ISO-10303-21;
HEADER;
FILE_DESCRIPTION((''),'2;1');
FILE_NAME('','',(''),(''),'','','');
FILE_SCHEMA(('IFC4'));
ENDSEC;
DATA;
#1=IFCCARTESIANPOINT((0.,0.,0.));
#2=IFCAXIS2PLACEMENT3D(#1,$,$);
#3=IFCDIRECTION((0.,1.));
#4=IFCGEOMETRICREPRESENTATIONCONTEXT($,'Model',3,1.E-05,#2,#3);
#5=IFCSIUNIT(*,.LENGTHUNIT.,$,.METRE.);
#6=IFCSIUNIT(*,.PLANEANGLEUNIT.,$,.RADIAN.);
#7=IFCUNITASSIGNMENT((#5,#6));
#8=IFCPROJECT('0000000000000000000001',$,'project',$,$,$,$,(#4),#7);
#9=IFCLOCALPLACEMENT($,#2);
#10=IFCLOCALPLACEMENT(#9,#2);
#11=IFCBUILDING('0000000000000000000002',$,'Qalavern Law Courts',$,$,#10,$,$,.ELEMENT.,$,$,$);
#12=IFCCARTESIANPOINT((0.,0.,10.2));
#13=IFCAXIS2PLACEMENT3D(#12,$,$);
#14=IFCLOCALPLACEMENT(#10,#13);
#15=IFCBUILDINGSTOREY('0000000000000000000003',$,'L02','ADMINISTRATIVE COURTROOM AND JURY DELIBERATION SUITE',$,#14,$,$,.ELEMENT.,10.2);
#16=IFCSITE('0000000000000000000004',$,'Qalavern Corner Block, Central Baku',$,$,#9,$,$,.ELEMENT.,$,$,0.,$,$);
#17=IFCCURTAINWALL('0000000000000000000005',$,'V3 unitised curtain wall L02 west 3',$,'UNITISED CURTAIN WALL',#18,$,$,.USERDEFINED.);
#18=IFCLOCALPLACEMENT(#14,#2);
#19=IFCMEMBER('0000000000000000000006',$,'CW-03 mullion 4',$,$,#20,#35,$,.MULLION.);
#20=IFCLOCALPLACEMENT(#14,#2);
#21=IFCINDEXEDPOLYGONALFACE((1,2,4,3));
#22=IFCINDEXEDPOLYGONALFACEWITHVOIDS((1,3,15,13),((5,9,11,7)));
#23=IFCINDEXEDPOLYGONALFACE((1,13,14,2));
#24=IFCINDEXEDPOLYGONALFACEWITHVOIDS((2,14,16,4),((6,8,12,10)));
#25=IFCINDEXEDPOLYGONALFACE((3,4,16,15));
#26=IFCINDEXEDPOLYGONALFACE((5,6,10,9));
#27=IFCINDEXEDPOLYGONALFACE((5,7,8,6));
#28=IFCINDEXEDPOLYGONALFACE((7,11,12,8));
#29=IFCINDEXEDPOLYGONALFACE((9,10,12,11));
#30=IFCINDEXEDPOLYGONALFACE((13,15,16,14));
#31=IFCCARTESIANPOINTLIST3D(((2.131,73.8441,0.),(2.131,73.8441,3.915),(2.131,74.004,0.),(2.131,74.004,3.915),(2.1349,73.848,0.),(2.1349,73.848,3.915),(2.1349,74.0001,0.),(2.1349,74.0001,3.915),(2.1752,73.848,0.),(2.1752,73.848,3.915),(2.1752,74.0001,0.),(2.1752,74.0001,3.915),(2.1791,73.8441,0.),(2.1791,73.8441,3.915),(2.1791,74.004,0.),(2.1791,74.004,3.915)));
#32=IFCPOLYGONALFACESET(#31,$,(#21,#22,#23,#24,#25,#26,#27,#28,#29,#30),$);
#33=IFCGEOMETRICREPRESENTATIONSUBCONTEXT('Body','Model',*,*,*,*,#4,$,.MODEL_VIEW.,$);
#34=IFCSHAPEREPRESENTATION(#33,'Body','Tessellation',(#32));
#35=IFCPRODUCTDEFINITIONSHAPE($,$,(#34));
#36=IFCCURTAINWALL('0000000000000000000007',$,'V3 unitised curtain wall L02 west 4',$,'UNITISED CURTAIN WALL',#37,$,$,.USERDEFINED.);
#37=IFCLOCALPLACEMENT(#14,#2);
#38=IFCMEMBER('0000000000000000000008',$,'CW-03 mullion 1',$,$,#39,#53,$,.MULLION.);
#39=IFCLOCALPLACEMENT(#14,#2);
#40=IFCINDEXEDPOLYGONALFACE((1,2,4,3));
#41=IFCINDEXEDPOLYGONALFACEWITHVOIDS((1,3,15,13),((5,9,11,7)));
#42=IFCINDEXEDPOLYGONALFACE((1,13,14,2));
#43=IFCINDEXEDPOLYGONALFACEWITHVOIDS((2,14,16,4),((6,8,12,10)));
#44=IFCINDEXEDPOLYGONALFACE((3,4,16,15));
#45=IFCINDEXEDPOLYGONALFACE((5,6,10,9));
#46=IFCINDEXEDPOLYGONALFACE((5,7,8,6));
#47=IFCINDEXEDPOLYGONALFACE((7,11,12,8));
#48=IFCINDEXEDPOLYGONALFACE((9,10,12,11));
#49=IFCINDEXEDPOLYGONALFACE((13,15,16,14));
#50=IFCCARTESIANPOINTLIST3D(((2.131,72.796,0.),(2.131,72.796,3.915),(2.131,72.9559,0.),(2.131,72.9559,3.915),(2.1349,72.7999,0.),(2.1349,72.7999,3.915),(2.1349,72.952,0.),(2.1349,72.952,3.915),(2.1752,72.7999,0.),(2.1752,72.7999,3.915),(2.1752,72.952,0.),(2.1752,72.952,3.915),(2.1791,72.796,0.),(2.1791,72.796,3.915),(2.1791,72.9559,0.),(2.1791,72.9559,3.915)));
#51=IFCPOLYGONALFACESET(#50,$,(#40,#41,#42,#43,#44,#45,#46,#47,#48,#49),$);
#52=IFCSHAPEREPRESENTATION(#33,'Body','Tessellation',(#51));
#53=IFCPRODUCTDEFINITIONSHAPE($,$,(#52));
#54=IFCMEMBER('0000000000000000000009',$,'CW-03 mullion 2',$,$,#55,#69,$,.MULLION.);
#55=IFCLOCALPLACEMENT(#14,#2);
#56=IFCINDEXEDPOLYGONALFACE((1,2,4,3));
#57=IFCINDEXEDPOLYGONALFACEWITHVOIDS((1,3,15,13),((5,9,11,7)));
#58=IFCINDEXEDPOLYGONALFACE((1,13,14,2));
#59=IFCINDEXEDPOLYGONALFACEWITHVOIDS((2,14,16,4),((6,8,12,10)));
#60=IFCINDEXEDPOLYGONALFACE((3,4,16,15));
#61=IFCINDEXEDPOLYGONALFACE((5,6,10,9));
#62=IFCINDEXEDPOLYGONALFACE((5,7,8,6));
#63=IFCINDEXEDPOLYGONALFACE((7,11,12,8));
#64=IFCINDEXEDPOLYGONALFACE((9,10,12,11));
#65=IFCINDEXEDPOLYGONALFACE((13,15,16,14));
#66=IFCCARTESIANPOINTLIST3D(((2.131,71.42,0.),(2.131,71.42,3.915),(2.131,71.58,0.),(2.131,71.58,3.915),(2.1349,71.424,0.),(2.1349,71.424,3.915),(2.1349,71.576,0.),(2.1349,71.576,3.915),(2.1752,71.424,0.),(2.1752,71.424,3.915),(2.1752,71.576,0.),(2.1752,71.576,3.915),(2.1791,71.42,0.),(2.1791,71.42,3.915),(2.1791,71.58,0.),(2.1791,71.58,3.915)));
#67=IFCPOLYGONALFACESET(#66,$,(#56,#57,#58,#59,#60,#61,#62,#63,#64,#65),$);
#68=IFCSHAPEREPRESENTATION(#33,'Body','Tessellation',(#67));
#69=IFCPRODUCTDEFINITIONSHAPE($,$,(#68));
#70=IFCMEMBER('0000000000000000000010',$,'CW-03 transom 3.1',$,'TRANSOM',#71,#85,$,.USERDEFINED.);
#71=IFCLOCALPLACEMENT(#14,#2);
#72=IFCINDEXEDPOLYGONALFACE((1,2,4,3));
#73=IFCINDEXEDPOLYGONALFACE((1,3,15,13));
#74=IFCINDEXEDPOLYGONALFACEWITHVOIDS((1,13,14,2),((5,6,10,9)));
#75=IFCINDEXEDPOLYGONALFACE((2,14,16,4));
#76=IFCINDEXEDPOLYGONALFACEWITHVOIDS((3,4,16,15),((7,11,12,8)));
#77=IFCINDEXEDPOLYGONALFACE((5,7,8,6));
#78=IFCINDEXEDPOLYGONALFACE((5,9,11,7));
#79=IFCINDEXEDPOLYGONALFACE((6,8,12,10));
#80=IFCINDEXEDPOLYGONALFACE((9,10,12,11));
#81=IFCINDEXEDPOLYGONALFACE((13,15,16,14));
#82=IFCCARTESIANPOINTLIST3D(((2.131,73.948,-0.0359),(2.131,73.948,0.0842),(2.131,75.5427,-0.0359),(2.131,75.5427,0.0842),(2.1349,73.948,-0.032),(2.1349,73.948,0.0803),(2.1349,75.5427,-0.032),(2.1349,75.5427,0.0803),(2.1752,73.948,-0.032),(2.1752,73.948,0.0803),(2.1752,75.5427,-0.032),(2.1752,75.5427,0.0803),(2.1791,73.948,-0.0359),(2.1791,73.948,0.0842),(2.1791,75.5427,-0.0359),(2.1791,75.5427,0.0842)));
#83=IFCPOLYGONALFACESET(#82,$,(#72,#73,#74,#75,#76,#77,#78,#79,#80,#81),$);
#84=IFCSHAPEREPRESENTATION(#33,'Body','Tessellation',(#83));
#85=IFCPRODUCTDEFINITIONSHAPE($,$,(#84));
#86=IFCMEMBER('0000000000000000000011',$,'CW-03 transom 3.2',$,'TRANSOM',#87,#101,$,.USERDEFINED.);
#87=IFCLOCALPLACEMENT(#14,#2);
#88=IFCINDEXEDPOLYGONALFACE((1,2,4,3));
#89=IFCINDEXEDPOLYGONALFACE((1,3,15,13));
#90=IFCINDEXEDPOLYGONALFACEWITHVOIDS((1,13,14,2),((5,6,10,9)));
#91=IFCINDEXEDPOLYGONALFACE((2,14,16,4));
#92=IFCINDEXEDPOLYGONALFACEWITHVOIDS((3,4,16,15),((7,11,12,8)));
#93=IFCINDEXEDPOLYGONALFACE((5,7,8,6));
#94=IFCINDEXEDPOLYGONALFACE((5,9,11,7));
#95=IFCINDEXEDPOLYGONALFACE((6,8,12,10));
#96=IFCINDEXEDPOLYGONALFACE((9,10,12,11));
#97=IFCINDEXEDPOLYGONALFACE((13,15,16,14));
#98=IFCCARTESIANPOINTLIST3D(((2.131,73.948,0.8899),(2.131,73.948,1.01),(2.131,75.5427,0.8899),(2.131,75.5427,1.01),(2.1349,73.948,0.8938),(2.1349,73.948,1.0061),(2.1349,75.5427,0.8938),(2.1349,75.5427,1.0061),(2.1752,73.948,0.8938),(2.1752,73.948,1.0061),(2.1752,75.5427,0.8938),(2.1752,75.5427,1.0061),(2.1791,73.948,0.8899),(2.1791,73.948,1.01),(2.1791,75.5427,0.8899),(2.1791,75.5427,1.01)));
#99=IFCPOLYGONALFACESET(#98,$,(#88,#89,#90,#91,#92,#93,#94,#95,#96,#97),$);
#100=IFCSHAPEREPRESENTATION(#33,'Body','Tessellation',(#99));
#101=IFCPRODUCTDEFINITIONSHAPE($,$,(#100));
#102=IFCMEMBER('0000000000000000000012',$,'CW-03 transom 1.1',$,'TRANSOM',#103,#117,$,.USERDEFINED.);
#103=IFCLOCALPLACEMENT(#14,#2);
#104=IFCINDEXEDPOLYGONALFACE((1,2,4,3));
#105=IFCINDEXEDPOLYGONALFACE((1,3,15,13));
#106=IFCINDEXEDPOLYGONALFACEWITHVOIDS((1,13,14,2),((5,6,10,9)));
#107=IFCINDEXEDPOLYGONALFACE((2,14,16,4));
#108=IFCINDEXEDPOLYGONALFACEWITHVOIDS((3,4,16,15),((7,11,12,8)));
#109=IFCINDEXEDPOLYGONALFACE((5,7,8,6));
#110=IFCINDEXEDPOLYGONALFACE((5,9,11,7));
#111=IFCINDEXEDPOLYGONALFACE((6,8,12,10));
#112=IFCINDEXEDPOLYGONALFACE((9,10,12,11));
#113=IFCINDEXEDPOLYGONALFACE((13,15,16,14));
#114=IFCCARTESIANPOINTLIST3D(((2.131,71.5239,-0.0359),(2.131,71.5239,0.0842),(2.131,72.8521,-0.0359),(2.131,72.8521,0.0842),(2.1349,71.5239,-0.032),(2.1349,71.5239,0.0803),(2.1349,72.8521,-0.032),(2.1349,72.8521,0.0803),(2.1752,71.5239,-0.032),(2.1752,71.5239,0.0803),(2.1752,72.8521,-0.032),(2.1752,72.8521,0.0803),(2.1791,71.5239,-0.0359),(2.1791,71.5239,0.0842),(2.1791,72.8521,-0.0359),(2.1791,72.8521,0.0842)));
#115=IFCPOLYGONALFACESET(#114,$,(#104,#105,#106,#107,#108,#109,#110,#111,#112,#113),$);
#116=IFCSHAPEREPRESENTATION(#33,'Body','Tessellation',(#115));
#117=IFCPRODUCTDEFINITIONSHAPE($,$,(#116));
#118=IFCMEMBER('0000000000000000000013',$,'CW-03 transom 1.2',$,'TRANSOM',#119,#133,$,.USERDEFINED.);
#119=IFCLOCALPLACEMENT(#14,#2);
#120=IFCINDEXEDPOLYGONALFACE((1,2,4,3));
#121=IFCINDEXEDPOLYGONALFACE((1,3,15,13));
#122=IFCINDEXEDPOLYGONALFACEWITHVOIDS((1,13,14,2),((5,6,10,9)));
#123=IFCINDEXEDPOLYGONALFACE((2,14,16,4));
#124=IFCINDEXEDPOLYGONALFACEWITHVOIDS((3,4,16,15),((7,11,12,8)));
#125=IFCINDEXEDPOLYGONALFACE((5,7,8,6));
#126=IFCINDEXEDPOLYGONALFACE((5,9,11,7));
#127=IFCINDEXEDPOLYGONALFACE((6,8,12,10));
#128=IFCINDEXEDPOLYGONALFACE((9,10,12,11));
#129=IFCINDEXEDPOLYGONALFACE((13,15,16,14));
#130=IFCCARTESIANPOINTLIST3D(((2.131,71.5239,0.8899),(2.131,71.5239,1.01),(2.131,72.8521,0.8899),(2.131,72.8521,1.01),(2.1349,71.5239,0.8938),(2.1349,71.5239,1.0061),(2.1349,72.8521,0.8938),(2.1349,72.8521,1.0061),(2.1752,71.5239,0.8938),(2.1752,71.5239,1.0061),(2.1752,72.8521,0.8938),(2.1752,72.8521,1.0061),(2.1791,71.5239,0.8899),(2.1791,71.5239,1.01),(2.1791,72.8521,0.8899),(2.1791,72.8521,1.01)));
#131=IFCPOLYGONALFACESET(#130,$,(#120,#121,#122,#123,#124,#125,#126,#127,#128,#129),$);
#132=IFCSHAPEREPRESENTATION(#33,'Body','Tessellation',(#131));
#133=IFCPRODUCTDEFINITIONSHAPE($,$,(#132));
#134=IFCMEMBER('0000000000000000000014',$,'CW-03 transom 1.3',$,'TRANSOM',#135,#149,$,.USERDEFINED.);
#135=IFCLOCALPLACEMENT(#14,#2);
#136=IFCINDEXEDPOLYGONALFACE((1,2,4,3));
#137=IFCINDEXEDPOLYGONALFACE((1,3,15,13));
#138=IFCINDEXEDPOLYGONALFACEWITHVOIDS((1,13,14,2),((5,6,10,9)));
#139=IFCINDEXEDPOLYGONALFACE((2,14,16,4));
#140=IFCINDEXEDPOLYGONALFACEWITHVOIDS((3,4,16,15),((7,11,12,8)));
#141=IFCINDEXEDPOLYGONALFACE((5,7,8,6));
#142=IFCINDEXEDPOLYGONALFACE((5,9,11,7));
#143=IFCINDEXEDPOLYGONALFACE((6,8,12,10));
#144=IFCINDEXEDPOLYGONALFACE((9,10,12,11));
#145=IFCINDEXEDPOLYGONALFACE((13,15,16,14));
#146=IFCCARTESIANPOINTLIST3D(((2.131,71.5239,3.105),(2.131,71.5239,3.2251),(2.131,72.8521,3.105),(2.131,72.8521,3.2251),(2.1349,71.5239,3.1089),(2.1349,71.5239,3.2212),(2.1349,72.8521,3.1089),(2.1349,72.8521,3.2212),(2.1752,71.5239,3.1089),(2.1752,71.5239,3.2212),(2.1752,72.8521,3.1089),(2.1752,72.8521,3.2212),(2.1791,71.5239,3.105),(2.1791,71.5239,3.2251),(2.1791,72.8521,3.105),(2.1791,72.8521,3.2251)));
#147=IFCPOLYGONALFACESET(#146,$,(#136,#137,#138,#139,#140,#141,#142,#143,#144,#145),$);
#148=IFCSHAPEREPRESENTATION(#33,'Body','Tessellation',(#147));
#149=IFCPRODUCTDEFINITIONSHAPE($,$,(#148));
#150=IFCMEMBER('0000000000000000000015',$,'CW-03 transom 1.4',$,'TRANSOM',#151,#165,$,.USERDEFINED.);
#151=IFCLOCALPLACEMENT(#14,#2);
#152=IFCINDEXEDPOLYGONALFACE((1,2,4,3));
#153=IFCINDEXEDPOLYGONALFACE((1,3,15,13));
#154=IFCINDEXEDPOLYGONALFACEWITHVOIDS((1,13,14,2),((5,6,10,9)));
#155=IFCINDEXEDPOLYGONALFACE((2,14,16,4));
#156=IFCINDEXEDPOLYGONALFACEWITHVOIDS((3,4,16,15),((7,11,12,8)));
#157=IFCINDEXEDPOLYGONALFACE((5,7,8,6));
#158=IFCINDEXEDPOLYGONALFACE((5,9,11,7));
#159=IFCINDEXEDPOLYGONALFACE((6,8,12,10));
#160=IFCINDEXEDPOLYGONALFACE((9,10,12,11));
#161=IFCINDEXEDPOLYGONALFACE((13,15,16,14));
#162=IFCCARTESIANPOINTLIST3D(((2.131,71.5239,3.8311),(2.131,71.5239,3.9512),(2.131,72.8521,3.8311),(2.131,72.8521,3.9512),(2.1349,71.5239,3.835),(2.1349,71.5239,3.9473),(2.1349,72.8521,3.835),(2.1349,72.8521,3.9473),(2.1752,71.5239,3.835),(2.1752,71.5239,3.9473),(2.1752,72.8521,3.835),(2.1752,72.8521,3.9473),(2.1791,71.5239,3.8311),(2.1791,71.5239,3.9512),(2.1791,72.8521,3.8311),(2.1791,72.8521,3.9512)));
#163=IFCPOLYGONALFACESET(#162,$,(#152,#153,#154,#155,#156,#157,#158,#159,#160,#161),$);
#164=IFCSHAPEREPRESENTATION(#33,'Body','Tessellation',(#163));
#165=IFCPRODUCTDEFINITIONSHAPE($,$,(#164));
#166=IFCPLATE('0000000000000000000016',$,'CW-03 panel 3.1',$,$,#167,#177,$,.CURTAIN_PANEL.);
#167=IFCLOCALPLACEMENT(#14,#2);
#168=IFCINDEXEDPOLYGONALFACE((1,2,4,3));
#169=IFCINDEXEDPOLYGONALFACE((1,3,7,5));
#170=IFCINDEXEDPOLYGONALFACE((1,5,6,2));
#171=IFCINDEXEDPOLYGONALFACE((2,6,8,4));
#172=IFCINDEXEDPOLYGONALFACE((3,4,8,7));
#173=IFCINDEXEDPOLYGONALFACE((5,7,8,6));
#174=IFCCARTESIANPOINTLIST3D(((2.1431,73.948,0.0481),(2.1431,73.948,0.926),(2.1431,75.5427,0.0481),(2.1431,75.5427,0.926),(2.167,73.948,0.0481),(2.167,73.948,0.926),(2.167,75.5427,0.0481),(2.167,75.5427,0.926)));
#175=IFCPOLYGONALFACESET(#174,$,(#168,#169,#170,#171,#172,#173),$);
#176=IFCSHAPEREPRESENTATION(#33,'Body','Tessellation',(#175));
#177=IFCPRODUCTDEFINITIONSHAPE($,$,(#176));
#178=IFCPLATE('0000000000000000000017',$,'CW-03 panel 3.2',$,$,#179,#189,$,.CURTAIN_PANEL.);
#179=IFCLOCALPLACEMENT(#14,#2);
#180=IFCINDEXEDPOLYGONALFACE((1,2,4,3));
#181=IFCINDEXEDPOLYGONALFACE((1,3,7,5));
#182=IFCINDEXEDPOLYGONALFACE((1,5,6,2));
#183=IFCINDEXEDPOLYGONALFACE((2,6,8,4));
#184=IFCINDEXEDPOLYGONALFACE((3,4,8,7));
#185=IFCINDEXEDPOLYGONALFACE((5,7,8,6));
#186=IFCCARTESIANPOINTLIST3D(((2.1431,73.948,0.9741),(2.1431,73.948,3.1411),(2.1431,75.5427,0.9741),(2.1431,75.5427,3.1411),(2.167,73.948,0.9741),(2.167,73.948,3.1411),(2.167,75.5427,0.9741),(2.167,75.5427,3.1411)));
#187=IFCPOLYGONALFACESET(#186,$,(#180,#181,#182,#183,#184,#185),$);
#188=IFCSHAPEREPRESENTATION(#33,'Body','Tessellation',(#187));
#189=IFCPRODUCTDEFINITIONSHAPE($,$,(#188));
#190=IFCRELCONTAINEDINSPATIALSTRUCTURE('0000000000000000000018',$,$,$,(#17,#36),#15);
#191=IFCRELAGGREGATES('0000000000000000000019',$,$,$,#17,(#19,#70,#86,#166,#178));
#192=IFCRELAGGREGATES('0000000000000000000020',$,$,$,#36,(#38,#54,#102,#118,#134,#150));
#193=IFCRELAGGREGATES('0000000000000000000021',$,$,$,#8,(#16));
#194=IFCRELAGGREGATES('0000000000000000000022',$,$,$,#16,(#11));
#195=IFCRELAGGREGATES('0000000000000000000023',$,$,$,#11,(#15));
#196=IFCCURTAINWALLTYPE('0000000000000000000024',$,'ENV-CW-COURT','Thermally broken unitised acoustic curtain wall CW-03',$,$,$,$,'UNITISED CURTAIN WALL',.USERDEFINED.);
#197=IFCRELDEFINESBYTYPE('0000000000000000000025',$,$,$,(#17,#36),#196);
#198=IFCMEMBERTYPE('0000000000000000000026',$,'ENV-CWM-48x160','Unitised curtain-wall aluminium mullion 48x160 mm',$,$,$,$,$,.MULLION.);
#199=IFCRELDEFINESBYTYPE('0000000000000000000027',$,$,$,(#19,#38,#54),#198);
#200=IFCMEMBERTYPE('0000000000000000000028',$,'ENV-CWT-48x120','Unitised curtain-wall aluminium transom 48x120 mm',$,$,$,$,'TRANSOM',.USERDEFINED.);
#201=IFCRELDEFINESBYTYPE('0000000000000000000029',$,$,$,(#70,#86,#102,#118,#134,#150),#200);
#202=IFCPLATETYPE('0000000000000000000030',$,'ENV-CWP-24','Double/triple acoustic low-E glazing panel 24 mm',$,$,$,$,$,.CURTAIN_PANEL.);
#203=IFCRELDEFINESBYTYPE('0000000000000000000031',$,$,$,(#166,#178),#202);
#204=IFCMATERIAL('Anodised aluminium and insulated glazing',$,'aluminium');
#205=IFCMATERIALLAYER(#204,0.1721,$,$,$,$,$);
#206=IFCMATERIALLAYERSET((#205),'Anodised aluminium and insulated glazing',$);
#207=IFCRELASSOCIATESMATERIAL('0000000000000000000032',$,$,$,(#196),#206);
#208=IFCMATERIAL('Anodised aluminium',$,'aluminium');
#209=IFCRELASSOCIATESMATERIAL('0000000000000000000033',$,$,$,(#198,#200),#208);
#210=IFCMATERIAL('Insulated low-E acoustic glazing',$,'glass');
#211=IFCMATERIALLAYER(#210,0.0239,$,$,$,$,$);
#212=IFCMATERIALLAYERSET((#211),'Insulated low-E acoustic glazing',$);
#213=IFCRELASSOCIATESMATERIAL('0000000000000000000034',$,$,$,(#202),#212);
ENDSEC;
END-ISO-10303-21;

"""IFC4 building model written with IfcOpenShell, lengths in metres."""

from ifc_helpers import new_model, si_unit, direction, frame, origin, origin_2d, place, context, subcontext, project, spatial, rectangle, hollow_rectangle, extrude, material, layer, layer_set, material_profile, profile_set, type_object, element, aggregate, save


model = new_model("IFC4")

# Units and contexts
model_context = context("Model", 3, precision=1e-05, world=origin(), true_north=direction((0.0, 1.0)))
body_context = subcontext(model_context, "Body", "Model", "MODEL_VIEW")
ifc_project = project(units=[si_unit("LENGTHUNIT", "METRE"), si_unit("PLANEANGLEUNIT", "RADIAN")], contexts=[model_context])

# Site, building, storey
site_placement = place(None, origin())
site = spatial("IfcSite", under=ifc_project, at=site_placement, Name="Qalavern Corner Block, Central Baku", CompositionType="ELEMENT", RefElevation=0.0)
building_placement = place(site_placement, origin())
building = spatial("IfcBuilding", under=site, at=building_placement, Name="Qalavern Law Courts", CompositionType="ELEMENT")
storey_placement = place(building_placement, frame((0.0, 0.0, 10.2)))
storey = spatial("IfcBuildingStorey", under=building, at=storey_placement, Name="L02", Description="ADMINISTRATIVE COURTROOM AND JURY DELIBERATION SUITE", CompositionType="ELEMENT", Elevation=10.2)

# Curtain wall, member
ifc_material_1 = material(Name="Anodised aluminium and insulated glazing", Category="aluminium")
ifc_layer_1 = layer(ifc_material_1, 0.1721)
ifc_layer_set_1 = layer_set([ifc_layer_1], Name="Anodised aluminium and insulated glazing")
curtain_wall_type = type_object("IfcCurtainWallType", Name="ENV-CW-COURT", Description="Thermally broken unitised acoustic curtain wall CW-03", ElementType="UNITISED CURTAIN WALL", PredefinedType="USERDEFINED", material=ifc_layer_set_1)
curtain_wall_1_placement = place(storey_placement, origin())
curtain_wall_1 = element("IfcCurtainWall", 1, at=curtain_wall_1_placement, inside=storey, type_object=curtain_wall_type, Name="V3 unitised curtain wall L02 west 3", ObjectType="UNITISED CURTAIN WALL", PredefinedType="USERDEFINED")
ifc_material_2 = material(Name="Anodised aluminium", Category="aluminium")
ifc_material_profile_1 = material_profile(ifc_material_2, hollow_rectangle(XDim=0.0481, YDim=0.1599, WallThickness=0.0039, at=origin_2d()), Name="ALU MULLION 48x160")
ifc_profile_set_1 = profile_set([ifc_material_profile_1], Name="Anodised aluminium")
member_type_1 = type_object("IfcMemberType", Name="ENV-CWM-48x160", Description="Unitised curtain-wall aluminium mullion 48x160 mm", PredefinedType="MULLION", material=ifc_profile_set_1)
member_1_placement = place(storey_placement, frame((2.155, 73.9241, 0.0), z_axis=(0.0, 0.0, 1.0), x_axis=(1.0, 0.0, 0.0)))
member_1 = element("IfcMember", 2, at=member_1_placement, type_object=member_type_1, Name="CW-03 mullion 4", PredefinedType="MULLION", context=body_context, shape_type="SweptSolid", body=[
    extrude(hollow_rectangle(XDim=0.0481, YDim=0.1599, WallThickness=0.0039, at=origin_2d()), origin(), (0.0, 0.0, 1.0), 3.915),
])

# Curtain wall, members
curtain_wall_2_placement = place(storey_placement, origin())
curtain_wall_2 = element("IfcCurtainWall", 3, at=curtain_wall_2_placement, inside=storey, type_object=curtain_wall_type, Name="V3 unitised curtain wall L02 west 4", ObjectType="UNITISED CURTAIN WALL", PredefinedType="USERDEFINED")
member_2_placement = place(storey_placement, frame((2.155, 72.876, 0.0), z_axis=(0.0, 0.0, 1.0), x_axis=(1.0, 0.0, 0.0)))
member_2 = element("IfcMember", 4, at=member_2_placement, type_object=member_type_1, Name="CW-03 mullion 1", PredefinedType="MULLION", context=body_context, shape_type="SweptSolid", body=[
    extrude(hollow_rectangle(XDim=0.0481, YDim=0.1599, WallThickness=0.0039, at=origin_2d()), origin(), (0.0, 0.0, 1.0), 3.915),
])
member_3_placement = place(storey_placement, frame((2.155, 71.5, 0.0), z_axis=(0.0, 0.0, 1.0), x_axis=(1.0, 0.0, 0.0)))
member_3 = element("IfcMember", 5, at=member_3_placement, type_object=member_type_1, Name="CW-03 mullion 2", PredefinedType="MULLION", context=body_context, shape_type="SweptSolid", body=[
    extrude(hollow_rectangle(XDim=0.0481, YDim=0.1599, WallThickness=0.0039, at=origin_2d()), origin(), (0.0, 0.0, 1.0), 3.915),
])

# Members
ifc_material_profile_2 = material_profile(ifc_material_2, hollow_rectangle(XDim=0.0481, YDim=0.1201, WallThickness=0.0039, at=origin_2d()), Name="ALU TRANSOM 48x120")
ifc_profile_set_2 = profile_set([ifc_material_profile_2], Name="Anodised aluminium")
member_type_2 = type_object("IfcMemberType", Name="ENV-CWT-48x120", Description="Unitised curtain-wall aluminium transom 48x120 mm", ElementType="TRANSOM", PredefinedType="USERDEFINED", material=ifc_profile_set_2)
member_4_placement = place(storey_placement, frame((2.155, 75.5427, 0.0242), z_axis=(0.0, -1.0, 0.0), x_axis=(1.0, 0.0, 0.0)))
member_4 = element("IfcMember", 6, at=member_4_placement, type_object=member_type_2, Name="CW-03 transom 3.1", ObjectType="TRANSOM", PredefinedType="USERDEFINED", context=body_context, shape_type="SweptSolid", body=[
    extrude(hollow_rectangle(XDim=0.0481, YDim=0.1201, WallThickness=0.0039, at=origin_2d()), origin(), (0.0, 0.0, 1.0), 1.5947),
])
member_5_placement = place(storey_placement, frame((2.155, 75.5427, 0.95), z_axis=(0.0, -1.0, 0.0), x_axis=(1.0, 0.0, 0.0)))
member_5 = element("IfcMember", 7, at=member_5_placement, type_object=member_type_2, Name="CW-03 transom 3.2", ObjectType="TRANSOM", PredefinedType="USERDEFINED", context=body_context, shape_type="SweptSolid", body=[
    extrude(hollow_rectangle(XDim=0.0481, YDim=0.1201, WallThickness=0.0039, at=origin_2d()), origin(), (0.0, 0.0, 1.0), 1.5947),
])
member_6_placement = place(storey_placement, frame((2.155, 72.8521, 0.0242), z_axis=(0.0, -1.0, 0.0), x_axis=(1.0, 0.0, 0.0)))
member_6 = element("IfcMember", 8, at=member_6_placement, type_object=member_type_2, Name="CW-03 transom 1.1", ObjectType="TRANSOM", PredefinedType="USERDEFINED", context=body_context, shape_type="SweptSolid", body=[
    extrude(hollow_rectangle(XDim=0.0481, YDim=0.1201, WallThickness=0.0039, at=origin_2d()), origin(), (0.0, 0.0, 1.0), 1.3281),
])
member_7_placement = place(storey_placement, frame((2.155, 72.8521, 0.95), z_axis=(0.0, -1.0, 0.0), x_axis=(1.0, 0.0, 0.0)))
member_7 = element("IfcMember", 9, at=member_7_placement, type_object=member_type_2, Name="CW-03 transom 1.2", ObjectType="TRANSOM", PredefinedType="USERDEFINED", context=body_context, shape_type="SweptSolid", body=[
    extrude(hollow_rectangle(XDim=0.0481, YDim=0.1201, WallThickness=0.0039, at=origin_2d()), origin(), (0.0, 0.0, 1.0), 1.3281),
])
member_8_placement = place(storey_placement, frame((2.155, 72.8521, 3.165), z_axis=(0.0, -1.0, 0.0), x_axis=(1.0, 0.0, 0.0)))
member_8 = element("IfcMember", 10, at=member_8_placement, type_object=member_type_2, Name="CW-03 transom 1.3", ObjectType="TRANSOM", PredefinedType="USERDEFINED", context=body_context, shape_type="SweptSolid", body=[
    extrude(hollow_rectangle(XDim=0.0481, YDim=0.1201, WallThickness=0.0039, at=origin_2d()), origin(), (0.0, 0.0, 1.0), 1.3281),
])
member_9_placement = place(storey_placement, frame((2.155, 72.8521, 3.8911), z_axis=(0.0, -1.0, 0.0), x_axis=(1.0, 0.0, 0.0)))
member_9 = element("IfcMember", 11, at=member_9_placement, type_object=member_type_2, Name="CW-03 transom 1.4", ObjectType="TRANSOM", PredefinedType="USERDEFINED", context=body_context, shape_type="SweptSolid", body=[
    extrude(hollow_rectangle(XDim=0.0481, YDim=0.1201, WallThickness=0.0039, at=origin_2d()), origin(), (0.0, 0.0, 1.0), 1.3281),
])

# Plates
ifc_material_3 = material(Name="Insulated low-E acoustic glazing", Category="glass")
ifc_layer_2 = layer(ifc_material_3, 0.0239)
ifc_layer_set_2 = layer_set([ifc_layer_2], Name="Insulated low-E acoustic glazing")
plate_type_1 = type_object("IfcPlateType", Name="ENV-CWP-24", Description="Double/triple acoustic low-E glazing panel 24 mm", PredefinedType="CURTAIN_PANEL", material=ifc_layer_set_2)
plate_1_placement = place(storey_placement, frame((2.155, 74.7454, 0.0481), z_axis=(0.0, 0.0, 1.0), x_axis=(0.0, -1.0, 0.0)))
plate_1 = element("IfcPlate", 12, at=plate_1_placement, type_object=plate_type_1, Name="CW-03 panel 3.1", PredefinedType="CURTAIN_PANEL", context=body_context, shape_type="SweptSolid", body=[
    extrude(rectangle(XDim=1.5947, YDim=0.0239, at=origin_2d()), origin(), (0.0, 0.0, 1.0), 0.8779),
])
plate_2_placement = place(storey_placement, frame((2.155, 74.7454, 0.9741), z_axis=(0.0, 0.0, 1.0), x_axis=(0.0, -1.0, 0.0)))
plate_2 = element("IfcPlate", 13, at=plate_2_placement, type_object=plate_type_1, Name="CW-03 panel 3.2", PredefinedType="CURTAIN_PANEL", context=body_context, shape_type="SweptSolid", body=[
    extrude(rectangle(XDim=1.5947, YDim=0.0239, at=origin_2d()), origin(), (0.0, 0.0, 1.0), 2.167),
])
aggregate(curtain_wall_1, [member_1, member_4, member_5, plate_1, plate_2])
aggregate(curtain_wall_2, [member_2, member_3, member_6, member_7, member_8, member_9])

save(model, "model.ifc")
